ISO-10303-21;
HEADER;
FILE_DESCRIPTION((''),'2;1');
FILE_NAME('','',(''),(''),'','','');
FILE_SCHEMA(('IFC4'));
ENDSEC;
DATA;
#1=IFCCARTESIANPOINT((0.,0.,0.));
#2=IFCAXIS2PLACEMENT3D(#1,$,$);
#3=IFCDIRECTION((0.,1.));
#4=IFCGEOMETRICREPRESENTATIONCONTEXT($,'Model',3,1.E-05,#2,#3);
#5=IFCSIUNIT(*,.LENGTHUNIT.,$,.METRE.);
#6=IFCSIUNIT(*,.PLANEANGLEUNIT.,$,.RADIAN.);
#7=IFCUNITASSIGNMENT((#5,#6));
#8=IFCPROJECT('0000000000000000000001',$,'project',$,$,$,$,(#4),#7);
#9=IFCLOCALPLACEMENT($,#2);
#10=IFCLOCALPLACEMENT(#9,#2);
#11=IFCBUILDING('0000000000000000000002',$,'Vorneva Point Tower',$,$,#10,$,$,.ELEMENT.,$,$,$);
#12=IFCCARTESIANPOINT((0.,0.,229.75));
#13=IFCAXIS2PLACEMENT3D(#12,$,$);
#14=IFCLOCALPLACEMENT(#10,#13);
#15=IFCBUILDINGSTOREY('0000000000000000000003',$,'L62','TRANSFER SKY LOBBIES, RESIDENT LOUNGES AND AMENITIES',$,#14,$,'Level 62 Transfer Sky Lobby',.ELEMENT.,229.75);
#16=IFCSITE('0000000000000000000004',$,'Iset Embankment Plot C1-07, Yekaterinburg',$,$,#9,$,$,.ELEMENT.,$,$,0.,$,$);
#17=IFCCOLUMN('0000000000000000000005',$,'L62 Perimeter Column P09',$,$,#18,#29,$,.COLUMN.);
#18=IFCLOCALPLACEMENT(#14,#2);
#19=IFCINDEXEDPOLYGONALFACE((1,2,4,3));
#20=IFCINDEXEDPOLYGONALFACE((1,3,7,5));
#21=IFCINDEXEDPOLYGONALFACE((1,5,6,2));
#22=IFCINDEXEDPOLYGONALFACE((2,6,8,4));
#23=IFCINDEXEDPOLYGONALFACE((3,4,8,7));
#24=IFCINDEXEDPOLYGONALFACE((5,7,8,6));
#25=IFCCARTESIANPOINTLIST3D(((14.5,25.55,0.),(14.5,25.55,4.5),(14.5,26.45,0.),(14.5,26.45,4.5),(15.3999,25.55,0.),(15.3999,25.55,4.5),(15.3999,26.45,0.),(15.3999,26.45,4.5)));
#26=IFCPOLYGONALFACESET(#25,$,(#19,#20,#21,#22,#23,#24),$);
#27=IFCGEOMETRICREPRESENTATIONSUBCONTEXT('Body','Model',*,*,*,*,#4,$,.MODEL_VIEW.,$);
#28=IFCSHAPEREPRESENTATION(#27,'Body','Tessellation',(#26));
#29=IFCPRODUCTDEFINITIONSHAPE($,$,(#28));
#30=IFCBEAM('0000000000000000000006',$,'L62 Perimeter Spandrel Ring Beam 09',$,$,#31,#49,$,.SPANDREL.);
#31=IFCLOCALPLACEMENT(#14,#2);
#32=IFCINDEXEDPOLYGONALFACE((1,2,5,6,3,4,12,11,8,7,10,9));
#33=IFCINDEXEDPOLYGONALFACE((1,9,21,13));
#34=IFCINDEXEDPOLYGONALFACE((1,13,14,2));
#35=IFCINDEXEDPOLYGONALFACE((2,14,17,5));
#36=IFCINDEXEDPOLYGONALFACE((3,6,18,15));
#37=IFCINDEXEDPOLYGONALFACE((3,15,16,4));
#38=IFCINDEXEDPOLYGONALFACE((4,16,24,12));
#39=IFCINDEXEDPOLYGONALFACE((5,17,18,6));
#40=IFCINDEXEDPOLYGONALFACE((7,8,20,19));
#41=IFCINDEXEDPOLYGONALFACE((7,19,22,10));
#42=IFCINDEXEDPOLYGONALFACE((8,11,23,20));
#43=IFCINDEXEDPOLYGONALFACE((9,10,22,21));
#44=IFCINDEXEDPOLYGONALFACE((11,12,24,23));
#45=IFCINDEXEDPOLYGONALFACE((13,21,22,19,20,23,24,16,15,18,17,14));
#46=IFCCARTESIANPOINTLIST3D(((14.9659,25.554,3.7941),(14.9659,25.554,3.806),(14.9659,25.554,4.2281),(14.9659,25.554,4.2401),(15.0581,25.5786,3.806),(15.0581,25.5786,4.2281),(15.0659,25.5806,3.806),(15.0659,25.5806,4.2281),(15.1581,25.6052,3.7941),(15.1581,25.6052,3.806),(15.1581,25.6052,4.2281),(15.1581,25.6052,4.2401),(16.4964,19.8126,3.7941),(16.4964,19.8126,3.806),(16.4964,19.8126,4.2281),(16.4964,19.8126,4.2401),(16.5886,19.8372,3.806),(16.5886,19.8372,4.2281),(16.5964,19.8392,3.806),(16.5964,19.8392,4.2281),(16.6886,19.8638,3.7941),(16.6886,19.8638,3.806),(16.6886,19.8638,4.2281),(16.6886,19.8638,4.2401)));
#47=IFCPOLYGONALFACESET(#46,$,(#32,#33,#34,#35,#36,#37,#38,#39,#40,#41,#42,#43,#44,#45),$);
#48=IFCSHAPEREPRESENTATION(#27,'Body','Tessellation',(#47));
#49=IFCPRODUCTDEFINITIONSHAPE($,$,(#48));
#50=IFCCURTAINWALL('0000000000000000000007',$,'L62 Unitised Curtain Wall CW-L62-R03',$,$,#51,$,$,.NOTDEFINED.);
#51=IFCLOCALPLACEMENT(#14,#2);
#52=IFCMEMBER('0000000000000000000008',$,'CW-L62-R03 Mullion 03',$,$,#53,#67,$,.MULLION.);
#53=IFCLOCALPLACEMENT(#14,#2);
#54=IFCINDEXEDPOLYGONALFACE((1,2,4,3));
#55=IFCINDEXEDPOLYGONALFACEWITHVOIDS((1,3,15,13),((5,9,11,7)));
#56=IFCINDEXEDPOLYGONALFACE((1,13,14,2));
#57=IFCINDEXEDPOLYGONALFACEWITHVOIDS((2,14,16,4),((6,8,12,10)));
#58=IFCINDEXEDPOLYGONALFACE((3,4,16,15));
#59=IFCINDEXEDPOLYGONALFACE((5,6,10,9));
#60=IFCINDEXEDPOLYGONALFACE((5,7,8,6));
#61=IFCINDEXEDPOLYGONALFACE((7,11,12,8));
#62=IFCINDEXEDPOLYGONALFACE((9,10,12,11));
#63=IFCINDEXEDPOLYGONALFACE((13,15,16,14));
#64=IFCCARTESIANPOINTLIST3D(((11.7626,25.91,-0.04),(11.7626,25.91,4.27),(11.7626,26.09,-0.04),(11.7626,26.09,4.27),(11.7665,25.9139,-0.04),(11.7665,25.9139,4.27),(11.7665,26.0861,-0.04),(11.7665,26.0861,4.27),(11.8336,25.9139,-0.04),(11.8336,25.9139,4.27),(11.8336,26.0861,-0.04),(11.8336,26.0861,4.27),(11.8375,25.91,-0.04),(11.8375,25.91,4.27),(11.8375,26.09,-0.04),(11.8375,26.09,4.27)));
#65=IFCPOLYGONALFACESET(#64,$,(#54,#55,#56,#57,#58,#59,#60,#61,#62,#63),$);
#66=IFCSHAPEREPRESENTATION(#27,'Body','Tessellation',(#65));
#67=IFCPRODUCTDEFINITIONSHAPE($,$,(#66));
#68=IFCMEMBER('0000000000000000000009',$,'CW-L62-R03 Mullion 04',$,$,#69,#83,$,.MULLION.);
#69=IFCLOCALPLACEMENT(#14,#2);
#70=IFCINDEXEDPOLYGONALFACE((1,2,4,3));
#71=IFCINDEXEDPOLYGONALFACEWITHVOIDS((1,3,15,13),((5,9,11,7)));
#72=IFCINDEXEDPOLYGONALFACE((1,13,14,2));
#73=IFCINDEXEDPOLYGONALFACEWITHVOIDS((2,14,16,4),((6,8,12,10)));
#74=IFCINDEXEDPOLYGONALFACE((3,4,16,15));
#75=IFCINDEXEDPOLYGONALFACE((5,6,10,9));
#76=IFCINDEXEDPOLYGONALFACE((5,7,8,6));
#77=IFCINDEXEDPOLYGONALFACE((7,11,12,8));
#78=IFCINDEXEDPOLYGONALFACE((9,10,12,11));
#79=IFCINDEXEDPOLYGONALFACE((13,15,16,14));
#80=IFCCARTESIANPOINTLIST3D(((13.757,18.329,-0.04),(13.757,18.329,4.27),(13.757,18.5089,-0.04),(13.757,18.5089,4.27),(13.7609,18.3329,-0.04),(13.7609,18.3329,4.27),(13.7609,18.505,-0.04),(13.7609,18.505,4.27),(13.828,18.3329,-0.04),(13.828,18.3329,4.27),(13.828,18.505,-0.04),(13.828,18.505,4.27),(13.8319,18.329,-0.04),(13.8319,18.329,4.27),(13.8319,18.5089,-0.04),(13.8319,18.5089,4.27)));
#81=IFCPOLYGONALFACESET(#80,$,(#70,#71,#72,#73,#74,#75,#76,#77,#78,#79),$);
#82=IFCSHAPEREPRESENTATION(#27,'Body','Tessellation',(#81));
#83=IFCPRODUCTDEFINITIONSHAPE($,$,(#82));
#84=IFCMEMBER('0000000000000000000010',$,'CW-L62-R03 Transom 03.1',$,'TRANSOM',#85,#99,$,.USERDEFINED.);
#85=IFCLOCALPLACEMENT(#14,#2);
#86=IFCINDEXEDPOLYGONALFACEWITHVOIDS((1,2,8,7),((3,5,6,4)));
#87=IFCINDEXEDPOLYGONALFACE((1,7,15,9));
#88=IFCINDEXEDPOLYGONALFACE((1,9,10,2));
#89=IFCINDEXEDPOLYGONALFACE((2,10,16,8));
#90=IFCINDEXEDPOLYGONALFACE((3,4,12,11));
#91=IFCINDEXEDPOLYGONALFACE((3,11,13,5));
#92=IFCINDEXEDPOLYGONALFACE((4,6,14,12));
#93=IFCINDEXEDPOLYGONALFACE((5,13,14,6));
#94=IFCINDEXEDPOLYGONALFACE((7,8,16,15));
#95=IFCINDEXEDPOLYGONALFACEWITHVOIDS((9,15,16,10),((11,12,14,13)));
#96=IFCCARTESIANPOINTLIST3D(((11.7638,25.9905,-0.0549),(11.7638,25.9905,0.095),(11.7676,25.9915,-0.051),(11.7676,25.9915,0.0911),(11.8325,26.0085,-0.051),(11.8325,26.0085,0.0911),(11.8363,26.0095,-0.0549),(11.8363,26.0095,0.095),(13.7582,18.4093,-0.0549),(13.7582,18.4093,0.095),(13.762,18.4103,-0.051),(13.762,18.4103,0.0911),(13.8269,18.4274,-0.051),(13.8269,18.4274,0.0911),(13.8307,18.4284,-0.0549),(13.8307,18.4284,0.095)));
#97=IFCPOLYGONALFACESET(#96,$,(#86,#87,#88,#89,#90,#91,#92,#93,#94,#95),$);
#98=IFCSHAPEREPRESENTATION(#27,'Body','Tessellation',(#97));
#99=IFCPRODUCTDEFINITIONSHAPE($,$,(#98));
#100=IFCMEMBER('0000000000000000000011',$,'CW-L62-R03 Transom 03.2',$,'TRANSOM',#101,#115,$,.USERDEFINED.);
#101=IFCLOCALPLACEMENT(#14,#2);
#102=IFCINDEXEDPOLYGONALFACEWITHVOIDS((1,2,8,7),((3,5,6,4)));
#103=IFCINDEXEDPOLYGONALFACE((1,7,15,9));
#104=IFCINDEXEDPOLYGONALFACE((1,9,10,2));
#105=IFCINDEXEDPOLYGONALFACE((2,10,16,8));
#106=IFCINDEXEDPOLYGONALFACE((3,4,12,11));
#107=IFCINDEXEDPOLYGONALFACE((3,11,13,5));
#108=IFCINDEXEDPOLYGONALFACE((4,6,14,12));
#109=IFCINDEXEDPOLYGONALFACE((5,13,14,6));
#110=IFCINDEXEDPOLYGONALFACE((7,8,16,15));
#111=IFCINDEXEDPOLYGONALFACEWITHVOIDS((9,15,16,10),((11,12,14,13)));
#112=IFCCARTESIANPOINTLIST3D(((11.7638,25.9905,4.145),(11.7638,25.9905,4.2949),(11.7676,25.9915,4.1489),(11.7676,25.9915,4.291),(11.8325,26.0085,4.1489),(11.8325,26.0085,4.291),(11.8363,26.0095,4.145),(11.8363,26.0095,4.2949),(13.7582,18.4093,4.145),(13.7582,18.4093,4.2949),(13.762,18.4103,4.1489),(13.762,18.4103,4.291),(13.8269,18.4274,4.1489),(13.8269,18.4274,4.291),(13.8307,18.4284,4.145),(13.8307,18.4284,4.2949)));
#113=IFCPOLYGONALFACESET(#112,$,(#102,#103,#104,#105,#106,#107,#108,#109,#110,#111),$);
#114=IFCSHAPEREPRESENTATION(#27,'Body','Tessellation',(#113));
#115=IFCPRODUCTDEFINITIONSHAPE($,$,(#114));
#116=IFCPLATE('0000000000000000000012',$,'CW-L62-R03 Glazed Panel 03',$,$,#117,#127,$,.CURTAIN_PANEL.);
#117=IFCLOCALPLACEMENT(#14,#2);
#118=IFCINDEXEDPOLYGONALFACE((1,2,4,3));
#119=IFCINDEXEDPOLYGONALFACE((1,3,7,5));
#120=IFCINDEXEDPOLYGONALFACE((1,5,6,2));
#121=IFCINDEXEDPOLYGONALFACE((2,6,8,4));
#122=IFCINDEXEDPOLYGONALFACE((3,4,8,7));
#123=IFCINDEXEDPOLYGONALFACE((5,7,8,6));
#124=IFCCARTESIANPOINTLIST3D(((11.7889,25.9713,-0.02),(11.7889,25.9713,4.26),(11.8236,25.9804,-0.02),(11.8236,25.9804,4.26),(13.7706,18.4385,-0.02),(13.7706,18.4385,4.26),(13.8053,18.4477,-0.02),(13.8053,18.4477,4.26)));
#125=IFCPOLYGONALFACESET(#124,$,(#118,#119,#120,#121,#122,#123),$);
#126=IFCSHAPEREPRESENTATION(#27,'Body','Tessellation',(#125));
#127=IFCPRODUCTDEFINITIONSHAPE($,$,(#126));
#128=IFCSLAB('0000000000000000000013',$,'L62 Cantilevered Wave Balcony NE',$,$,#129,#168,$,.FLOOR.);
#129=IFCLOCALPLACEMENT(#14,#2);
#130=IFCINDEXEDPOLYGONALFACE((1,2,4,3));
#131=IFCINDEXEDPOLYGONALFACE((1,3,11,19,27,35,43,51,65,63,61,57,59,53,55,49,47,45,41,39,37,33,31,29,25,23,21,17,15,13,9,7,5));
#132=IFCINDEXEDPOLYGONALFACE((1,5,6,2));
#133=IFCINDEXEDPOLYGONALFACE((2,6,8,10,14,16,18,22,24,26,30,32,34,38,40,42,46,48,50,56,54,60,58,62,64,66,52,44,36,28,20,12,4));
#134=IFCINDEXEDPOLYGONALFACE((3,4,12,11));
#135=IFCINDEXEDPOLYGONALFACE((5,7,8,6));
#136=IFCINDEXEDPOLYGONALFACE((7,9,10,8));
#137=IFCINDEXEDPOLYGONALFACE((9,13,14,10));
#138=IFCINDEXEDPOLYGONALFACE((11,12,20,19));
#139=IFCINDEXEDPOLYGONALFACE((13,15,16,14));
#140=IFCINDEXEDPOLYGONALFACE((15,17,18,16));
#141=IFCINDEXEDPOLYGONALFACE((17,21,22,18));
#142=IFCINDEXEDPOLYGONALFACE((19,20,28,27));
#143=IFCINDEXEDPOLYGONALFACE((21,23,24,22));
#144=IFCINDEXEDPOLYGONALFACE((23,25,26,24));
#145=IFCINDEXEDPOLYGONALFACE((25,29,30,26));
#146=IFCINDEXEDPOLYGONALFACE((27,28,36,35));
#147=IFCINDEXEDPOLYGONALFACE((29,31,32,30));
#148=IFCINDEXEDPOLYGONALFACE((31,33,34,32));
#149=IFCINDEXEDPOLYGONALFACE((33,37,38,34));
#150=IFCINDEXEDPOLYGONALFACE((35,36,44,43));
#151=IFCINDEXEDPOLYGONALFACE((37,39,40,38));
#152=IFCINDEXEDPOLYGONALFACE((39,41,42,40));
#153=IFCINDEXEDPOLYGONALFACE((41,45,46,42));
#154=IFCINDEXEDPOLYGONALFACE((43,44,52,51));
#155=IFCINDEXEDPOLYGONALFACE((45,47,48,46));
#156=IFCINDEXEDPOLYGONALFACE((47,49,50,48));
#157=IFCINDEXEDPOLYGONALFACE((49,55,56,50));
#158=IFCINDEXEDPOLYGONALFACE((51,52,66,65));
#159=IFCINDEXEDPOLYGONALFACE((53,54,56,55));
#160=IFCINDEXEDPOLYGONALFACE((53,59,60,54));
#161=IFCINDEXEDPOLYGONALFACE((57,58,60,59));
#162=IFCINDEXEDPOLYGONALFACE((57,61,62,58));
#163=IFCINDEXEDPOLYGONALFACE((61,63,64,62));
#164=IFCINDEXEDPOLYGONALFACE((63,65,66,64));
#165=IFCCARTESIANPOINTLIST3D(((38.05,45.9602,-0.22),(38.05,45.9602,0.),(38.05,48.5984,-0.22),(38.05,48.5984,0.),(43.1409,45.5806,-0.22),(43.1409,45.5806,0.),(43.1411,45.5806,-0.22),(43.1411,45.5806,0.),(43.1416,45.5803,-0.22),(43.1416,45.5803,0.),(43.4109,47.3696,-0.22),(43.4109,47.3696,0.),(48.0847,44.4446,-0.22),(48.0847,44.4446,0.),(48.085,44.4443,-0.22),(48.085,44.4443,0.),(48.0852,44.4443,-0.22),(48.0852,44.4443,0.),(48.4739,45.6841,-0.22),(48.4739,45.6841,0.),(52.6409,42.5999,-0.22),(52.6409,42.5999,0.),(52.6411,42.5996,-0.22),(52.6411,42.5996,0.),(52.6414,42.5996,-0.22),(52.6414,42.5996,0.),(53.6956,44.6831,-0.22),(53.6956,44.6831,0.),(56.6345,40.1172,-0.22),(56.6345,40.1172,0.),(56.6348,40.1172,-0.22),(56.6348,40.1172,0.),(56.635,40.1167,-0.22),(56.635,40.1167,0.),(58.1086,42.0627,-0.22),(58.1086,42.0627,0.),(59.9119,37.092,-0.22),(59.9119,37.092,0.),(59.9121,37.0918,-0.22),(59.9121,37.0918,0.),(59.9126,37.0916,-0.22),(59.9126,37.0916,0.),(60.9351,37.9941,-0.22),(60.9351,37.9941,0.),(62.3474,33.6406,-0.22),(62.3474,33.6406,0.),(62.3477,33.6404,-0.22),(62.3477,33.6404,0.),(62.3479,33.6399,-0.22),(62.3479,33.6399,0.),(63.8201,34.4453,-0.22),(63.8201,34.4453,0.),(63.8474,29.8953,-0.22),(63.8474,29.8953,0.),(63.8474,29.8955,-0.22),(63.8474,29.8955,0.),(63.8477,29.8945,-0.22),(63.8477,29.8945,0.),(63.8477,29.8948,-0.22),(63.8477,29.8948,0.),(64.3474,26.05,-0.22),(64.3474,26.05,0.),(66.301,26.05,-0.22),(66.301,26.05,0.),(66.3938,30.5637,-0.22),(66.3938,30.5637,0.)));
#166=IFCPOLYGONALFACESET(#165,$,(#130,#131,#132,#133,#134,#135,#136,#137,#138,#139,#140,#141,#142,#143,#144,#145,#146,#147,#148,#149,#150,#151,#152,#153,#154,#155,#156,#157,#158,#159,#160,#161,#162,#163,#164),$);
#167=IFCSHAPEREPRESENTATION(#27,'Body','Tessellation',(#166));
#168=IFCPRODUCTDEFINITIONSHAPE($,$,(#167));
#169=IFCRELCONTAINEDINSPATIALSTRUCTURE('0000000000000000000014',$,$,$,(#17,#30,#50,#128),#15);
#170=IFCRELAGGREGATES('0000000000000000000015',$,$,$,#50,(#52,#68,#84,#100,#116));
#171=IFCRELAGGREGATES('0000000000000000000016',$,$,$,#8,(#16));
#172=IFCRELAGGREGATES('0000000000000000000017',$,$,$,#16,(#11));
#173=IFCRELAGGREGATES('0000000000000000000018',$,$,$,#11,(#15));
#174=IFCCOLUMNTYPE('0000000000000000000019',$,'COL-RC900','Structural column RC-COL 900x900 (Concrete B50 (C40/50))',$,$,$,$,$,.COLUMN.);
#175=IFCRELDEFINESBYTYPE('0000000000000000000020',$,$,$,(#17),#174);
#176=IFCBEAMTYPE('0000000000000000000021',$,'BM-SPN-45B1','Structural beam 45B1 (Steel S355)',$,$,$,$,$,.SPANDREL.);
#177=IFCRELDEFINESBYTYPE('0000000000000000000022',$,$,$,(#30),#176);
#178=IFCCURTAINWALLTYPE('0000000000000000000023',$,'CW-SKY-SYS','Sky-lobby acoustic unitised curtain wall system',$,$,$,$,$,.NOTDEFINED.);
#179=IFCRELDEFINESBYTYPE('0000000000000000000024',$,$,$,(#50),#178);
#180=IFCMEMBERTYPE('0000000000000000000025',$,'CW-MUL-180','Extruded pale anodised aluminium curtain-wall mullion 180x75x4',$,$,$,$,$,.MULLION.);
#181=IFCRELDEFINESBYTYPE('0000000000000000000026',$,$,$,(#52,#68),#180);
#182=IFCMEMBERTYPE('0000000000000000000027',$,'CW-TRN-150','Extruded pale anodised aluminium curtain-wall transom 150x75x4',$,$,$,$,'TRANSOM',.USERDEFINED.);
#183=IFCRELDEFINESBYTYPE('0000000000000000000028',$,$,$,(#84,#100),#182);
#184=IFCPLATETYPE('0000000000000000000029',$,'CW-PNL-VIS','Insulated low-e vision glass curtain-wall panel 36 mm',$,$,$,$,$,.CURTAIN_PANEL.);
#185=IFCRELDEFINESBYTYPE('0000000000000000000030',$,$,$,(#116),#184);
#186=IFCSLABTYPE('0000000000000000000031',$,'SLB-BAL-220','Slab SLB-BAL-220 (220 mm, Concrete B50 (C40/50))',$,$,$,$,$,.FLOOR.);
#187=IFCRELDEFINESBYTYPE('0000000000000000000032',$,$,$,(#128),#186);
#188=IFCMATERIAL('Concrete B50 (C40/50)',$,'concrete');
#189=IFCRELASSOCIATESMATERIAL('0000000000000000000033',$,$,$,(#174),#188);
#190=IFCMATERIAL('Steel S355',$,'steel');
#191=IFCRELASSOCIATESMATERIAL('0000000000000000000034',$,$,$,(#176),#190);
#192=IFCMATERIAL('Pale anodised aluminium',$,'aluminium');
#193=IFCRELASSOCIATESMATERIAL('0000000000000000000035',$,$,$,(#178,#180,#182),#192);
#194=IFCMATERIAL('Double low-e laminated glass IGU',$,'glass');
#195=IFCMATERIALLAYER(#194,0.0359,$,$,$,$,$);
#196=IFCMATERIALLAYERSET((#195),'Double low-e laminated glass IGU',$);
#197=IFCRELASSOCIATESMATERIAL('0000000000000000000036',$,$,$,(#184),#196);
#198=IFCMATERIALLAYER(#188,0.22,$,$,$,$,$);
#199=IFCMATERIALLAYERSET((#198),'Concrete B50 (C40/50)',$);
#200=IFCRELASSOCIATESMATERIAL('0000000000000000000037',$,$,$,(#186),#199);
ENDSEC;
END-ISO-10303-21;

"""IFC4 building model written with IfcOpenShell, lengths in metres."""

from ifc_helpers import new_model, si_unit, direction, frame, origin, origin_2d, place, context, subcontext, project, spatial, polyline, rectangle, hollow_rectangle, i_section, outline, extrude, material, layer, layer_set, material_profile, profile_set, type_object, element, aggregate, save


model = new_model("IFC4")

# Units and contexts
model_context = context("Model", 3, precision=1e-05, world=origin(), true_north=direction((0.0, 1.0)))
body_context = subcontext(model_context, "Body", "Model", "MODEL_VIEW")
ifc_project = project(units=[si_unit("LENGTHUNIT", "METRE"), si_unit("PLANEANGLEUNIT", "RADIAN")], contexts=[model_context])

# Site, building, storey
site_placement = place(None, origin())
site = spatial("IfcSite", under=ifc_project, at=site_placement, Name="Iset Embankment Plot C1-07, Yekaterinburg", CompositionType="ELEMENT", RefElevation=0.0)
building_placement = place(site_placement, origin())
building = spatial("IfcBuilding", under=site, at=building_placement, Name="Vorneva Point Tower", CompositionType="ELEMENT")
storey_placement = place(building_placement, frame((0.0, 0.0, 229.75)))
storey = spatial("IfcBuildingStorey", under=building, at=storey_placement, Name="L62", Description="TRANSFER SKY LOBBIES, RESIDENT LOUNGES AND AMENITIES", LongName="Level 62 Transfer Sky Lobby", CompositionType="ELEMENT", Elevation=229.75)

# Column
ifc_material_1 = material(Name="Concrete B50 (C40/50)", Category="concrete")
ifc_material_profile_1 = material_profile(ifc_material_1, rectangle(XDim=0.8999, YDim=0.8999, at=origin_2d()), Name="RC-COL 900x900")
ifc_profile_set_1 = profile_set([ifc_material_profile_1], Name="Concrete B50 (C40/50)")
column_type = type_object("IfcColumnType", Name="COL-RC900", Description="Structural column RC-COL 900x900 (Concrete B50 (C40/50))", PredefinedType="COLUMN", material=ifc_profile_set_1)
column_placement = place(storey_placement, frame((14.95, 26.0, 0.0), z_axis=(0.0, 0.0, 1.0), x_axis=(-1.0, 0.0, 0.0)))
element("IfcColumn", 1, at=column_placement, inside=storey, type_object=column_type, Name="L62 Perimeter Column P09", PredefinedType="COLUMN", context=body_context, shape_type="SweptSolid", body=[
    extrude(rectangle(XDim=0.8999, YDim=0.8999, at=origin_2d()), origin(), (0.0, 0.0, 1.0), 4.5),
])

# Beam
ifc_material_2 = material(Name="Steel S355", Category="steel")
ifc_material_profile_2 = material_profile(ifc_material_2, i_section(OverallWidth=0.199, OverallDepth=0.446, WebThickness=0.0081, FlangeThickness=0.012, at=origin_2d()), Name="45B1")
ifc_profile_set_2 = profile_set([ifc_material_profile_2], Name="Steel S355")
beam_type = type_object("IfcBeamType", Name="BM-SPN-45B1", Description="Structural beam 45B1 (Steel S355)", PredefinedType="SPANDREL", material=ifc_profile_set_2)
beam_placement = place(storey_placement, frame((15.062, 25.5796, 4.0171), z_axis=(0.257578, -0.966257, 0.0), x_axis=(0.966257, 0.257578, 0.0)))
element("IfcBeam", 2, at=beam_placement, inside=storey, type_object=beam_type, Name="L62 Perimeter Spandrel Ring Beam 09", PredefinedType="SPANDREL", context=body_context, shape_type="SweptSolid", body=[
    extrude(i_section(OverallWidth=0.199, OverallDepth=0.446, WebThickness=0.0081, FlangeThickness=0.012, at=origin_2d()), origin(), (0.0, 0.0, 1.0), 5.9419),
])

# Curtain wall, members, plate
ifc_material_3 = material(Name="Pale anodised aluminium", Category="aluminium")
curtain_wall_type = type_object("IfcCurtainWallType", Name="CW-SKY-SYS", Description="Sky-lobby acoustic unitised curtain wall system", PredefinedType="NOTDEFINED", material=ifc_material_3)
curtain_wall_placement = place(storey_placement, origin())
curtain_wall = element("IfcCurtainWall", 3, at=curtain_wall_placement, inside=storey, type_object=curtain_wall_type, Name="L62 Unitised Curtain Wall CW-L62-R03", PredefinedType="NOTDEFINED")
ifc_material_profile_3 = material_profile(ifc_material_3, hollow_rectangle(XDim=0.075, YDim=0.1799, WallThickness=0.0039, at=origin_2d()), Name="AL-MUL 180x75x4")
ifc_profile_set_3 = profile_set([ifc_material_profile_3], Name="Pale anodised aluminium")
member_type_1 = type_object("IfcMemberType", Name="CW-MUL-180", Description="Extruded pale anodised aluminium curtain-wall mullion 180x75x4", PredefinedType="MULLION", material=ifc_profile_set_3)
member_1_placement = place(storey_placement, frame((11.8, 26.0, -0.04), z_axis=(0.0, 0.0, 1.0), x_axis=(1.0, 0.0, 0.0)))
member_1 = element("IfcMember", 4, at=member_1_placement, type_object=member_type_1, Name="CW-L62-R03 Mullion 03", PredefinedType="MULLION", context=body_context, shape_type="SweptSolid", body=[
    extrude(hollow_rectangle(XDim=0.075, YDim=0.1799, WallThickness=0.0039, at=origin_2d()), origin(), (0.0, 0.0, 1.0), 4.3101),
])
member_2_placement = place(storey_placement, frame((13.7944, 18.4189, -0.04), z_axis=(0.0, 0.0, 1.0), x_axis=(1.0, 0.0, 0.0)))
member_2 = element("IfcMember", 5, at=member_2_placement, type_object=member_type_1, Name="CW-L62-R03 Mullion 04", PredefinedType="MULLION", context=body_context, shape_type="SweptSolid", body=[
    extrude(hollow_rectangle(XDim=0.075, YDim=0.1799, WallThickness=0.0039, at=origin_2d()), origin(), (0.0, 0.0, 1.0), 4.3101),
])
ifc_material_profile_4 = material_profile(ifc_material_3, hollow_rectangle(XDim=0.075, YDim=0.1499, WallThickness=0.0039, at=origin_2d()), Name="AL-TRN 150x75x4")
ifc_profile_set_4 = profile_set([ifc_material_profile_4], Name="Pale anodised aluminium")
member_type_2 = type_object("IfcMemberType", Name="CW-TRN-150", Description="Extruded pale anodised aluminium curtain-wall transom 150x75x4", ElementType="TRANSOM", PredefinedType="USERDEFINED", material=ifc_profile_set_4)
member_3_placement = place(storey_placement, frame((11.8, 26.0, 0.02), z_axis=(0.254418, -0.967094, 0.0), x_axis=(0.967094, 0.254418, 0.0)))
member_3 = element("IfcMember", 6, at=member_3_placement, type_object=member_type_2, Name="CW-L62-R03 Transom 03.1", ObjectType="TRANSOM", PredefinedType="USERDEFINED", context=body_context, shape_type="SweptSolid", body=[
    extrude(hollow_rectangle(XDim=0.075, YDim=0.1499, WallThickness=0.0039, at=origin_2d()), origin(), (0.0, 0.0, 1.0), 7.8391),
])
member_4_placement = place(storey_placement, frame((11.8, 26.0, 4.22), z_axis=(0.254418, -0.967094, 0.0), x_axis=(0.967094, 0.254418, 0.0)))
member_4 = element("IfcMember", 7, at=member_4_placement, type_object=member_type_2, Name="CW-L62-R03 Transom 03.2", ObjectType="TRANSOM", PredefinedType="USERDEFINED", context=body_context, shape_type="SweptSolid", body=[
    extrude(hollow_rectangle(XDim=0.075, YDim=0.1499, WallThickness=0.0039, at=origin_2d()), origin(), (0.0, 0.0, 1.0), 7.8391),
])
ifc_material_4 = material(Name="Double low-e laminated glass IGU", Category="glass")
ifc_layer_1 = layer(ifc_material_4, 0.0359)
ifc_layer_set_1 = layer_set([ifc_layer_1], Name="Double low-e laminated glass IGU")
plate_type = type_object("IfcPlateType", Name="CW-PNL-VIS", Description="Insulated low-e vision glass curtain-wall panel 36 mm", PredefinedType="CURTAIN_PANEL", material=ifc_layer_set_1)
plate_placement = place(storey_placement, frame((12.7971, 22.2095, -0.02), z_axis=(0.0, 0.0, 1.0), x_axis=(0.254416, -0.967095, 0.0)))
plate = element("IfcPlate", 8, at=plate_placement, type_object=plate_type, Name="CW-L62-R03 Glazed Panel 03", PredefinedType="CURTAIN_PANEL", context=body_context, shape_type="SweptSolid", body=[
    extrude(rectangle(XDim=7.7891, YDim=0.0359, at=origin_2d()), origin(), (0.0, 0.0, 1.0), 4.28),
])
aggregate(curtain_wall, [member_1, member_2, member_3, member_4, plate])

# Slab
ifc_layer_2 = layer(ifc_material_1, 0.22)
ifc_layer_set_2 = layer_set([ifc_layer_2], Name="Concrete B50 (C40/50)")
slab_type_1 = type_object("IfcSlabType", Name="SLB-BAL-220", Description="Slab SLB-BAL-220 (220 mm, Concrete B50 (C40/50))", PredefinedType="FLOOR", material=ifc_layer_set_2)
slab_1_placement = place(storey_placement, frame((0.0, 0.0, -0.22)))
element("IfcSlab", 9, at=slab_1_placement, inside=storey, type_object=slab_type_1, Name="L62 Cantilevered Wave Balcony NE", PredefinedType="FLOOR", context=body_context, shape_type="SweptSolid", body=[
    extrude(outline(polyline([(38.05, 48.5984), (38.05, 45.9602), (43.1409, 45.5806), (43.1411, 45.5806), (43.1416, 45.5803), (48.0847, 44.4446), (48.085, 44.4443), (48.0852, 44.4443), (52.6409, 42.5999), (52.6411, 42.5996), (52.6414, 42.5996), (56.6345, 40.1172), (56.6348, 40.1172), (56.635, 40.1167), (59.9119, 37.092), (59.9121, 37.0918), (59.9126, 37.0916), (62.3474, 33.6406), (62.3477, 33.6404), (62.3479, 33.6399), (63.8474, 29.8955), (63.8474, 29.8953), (63.8477, 29.8948), (63.8477, 29.8945), (64.3474, 26.05), (66.301, 26.05), (66.3938, 30.5637), (63.8201, 34.4453), (60.9351, 37.9941), (58.1086, 42.0627), (53.6956, 44.6831), (48.4739, 45.6841), (43.4109, 47.3696), (38.05, 48.5984)])), origin(), (0.0, 0.0, 1.0), 0.22),
])

save(model, "model.ifc")
